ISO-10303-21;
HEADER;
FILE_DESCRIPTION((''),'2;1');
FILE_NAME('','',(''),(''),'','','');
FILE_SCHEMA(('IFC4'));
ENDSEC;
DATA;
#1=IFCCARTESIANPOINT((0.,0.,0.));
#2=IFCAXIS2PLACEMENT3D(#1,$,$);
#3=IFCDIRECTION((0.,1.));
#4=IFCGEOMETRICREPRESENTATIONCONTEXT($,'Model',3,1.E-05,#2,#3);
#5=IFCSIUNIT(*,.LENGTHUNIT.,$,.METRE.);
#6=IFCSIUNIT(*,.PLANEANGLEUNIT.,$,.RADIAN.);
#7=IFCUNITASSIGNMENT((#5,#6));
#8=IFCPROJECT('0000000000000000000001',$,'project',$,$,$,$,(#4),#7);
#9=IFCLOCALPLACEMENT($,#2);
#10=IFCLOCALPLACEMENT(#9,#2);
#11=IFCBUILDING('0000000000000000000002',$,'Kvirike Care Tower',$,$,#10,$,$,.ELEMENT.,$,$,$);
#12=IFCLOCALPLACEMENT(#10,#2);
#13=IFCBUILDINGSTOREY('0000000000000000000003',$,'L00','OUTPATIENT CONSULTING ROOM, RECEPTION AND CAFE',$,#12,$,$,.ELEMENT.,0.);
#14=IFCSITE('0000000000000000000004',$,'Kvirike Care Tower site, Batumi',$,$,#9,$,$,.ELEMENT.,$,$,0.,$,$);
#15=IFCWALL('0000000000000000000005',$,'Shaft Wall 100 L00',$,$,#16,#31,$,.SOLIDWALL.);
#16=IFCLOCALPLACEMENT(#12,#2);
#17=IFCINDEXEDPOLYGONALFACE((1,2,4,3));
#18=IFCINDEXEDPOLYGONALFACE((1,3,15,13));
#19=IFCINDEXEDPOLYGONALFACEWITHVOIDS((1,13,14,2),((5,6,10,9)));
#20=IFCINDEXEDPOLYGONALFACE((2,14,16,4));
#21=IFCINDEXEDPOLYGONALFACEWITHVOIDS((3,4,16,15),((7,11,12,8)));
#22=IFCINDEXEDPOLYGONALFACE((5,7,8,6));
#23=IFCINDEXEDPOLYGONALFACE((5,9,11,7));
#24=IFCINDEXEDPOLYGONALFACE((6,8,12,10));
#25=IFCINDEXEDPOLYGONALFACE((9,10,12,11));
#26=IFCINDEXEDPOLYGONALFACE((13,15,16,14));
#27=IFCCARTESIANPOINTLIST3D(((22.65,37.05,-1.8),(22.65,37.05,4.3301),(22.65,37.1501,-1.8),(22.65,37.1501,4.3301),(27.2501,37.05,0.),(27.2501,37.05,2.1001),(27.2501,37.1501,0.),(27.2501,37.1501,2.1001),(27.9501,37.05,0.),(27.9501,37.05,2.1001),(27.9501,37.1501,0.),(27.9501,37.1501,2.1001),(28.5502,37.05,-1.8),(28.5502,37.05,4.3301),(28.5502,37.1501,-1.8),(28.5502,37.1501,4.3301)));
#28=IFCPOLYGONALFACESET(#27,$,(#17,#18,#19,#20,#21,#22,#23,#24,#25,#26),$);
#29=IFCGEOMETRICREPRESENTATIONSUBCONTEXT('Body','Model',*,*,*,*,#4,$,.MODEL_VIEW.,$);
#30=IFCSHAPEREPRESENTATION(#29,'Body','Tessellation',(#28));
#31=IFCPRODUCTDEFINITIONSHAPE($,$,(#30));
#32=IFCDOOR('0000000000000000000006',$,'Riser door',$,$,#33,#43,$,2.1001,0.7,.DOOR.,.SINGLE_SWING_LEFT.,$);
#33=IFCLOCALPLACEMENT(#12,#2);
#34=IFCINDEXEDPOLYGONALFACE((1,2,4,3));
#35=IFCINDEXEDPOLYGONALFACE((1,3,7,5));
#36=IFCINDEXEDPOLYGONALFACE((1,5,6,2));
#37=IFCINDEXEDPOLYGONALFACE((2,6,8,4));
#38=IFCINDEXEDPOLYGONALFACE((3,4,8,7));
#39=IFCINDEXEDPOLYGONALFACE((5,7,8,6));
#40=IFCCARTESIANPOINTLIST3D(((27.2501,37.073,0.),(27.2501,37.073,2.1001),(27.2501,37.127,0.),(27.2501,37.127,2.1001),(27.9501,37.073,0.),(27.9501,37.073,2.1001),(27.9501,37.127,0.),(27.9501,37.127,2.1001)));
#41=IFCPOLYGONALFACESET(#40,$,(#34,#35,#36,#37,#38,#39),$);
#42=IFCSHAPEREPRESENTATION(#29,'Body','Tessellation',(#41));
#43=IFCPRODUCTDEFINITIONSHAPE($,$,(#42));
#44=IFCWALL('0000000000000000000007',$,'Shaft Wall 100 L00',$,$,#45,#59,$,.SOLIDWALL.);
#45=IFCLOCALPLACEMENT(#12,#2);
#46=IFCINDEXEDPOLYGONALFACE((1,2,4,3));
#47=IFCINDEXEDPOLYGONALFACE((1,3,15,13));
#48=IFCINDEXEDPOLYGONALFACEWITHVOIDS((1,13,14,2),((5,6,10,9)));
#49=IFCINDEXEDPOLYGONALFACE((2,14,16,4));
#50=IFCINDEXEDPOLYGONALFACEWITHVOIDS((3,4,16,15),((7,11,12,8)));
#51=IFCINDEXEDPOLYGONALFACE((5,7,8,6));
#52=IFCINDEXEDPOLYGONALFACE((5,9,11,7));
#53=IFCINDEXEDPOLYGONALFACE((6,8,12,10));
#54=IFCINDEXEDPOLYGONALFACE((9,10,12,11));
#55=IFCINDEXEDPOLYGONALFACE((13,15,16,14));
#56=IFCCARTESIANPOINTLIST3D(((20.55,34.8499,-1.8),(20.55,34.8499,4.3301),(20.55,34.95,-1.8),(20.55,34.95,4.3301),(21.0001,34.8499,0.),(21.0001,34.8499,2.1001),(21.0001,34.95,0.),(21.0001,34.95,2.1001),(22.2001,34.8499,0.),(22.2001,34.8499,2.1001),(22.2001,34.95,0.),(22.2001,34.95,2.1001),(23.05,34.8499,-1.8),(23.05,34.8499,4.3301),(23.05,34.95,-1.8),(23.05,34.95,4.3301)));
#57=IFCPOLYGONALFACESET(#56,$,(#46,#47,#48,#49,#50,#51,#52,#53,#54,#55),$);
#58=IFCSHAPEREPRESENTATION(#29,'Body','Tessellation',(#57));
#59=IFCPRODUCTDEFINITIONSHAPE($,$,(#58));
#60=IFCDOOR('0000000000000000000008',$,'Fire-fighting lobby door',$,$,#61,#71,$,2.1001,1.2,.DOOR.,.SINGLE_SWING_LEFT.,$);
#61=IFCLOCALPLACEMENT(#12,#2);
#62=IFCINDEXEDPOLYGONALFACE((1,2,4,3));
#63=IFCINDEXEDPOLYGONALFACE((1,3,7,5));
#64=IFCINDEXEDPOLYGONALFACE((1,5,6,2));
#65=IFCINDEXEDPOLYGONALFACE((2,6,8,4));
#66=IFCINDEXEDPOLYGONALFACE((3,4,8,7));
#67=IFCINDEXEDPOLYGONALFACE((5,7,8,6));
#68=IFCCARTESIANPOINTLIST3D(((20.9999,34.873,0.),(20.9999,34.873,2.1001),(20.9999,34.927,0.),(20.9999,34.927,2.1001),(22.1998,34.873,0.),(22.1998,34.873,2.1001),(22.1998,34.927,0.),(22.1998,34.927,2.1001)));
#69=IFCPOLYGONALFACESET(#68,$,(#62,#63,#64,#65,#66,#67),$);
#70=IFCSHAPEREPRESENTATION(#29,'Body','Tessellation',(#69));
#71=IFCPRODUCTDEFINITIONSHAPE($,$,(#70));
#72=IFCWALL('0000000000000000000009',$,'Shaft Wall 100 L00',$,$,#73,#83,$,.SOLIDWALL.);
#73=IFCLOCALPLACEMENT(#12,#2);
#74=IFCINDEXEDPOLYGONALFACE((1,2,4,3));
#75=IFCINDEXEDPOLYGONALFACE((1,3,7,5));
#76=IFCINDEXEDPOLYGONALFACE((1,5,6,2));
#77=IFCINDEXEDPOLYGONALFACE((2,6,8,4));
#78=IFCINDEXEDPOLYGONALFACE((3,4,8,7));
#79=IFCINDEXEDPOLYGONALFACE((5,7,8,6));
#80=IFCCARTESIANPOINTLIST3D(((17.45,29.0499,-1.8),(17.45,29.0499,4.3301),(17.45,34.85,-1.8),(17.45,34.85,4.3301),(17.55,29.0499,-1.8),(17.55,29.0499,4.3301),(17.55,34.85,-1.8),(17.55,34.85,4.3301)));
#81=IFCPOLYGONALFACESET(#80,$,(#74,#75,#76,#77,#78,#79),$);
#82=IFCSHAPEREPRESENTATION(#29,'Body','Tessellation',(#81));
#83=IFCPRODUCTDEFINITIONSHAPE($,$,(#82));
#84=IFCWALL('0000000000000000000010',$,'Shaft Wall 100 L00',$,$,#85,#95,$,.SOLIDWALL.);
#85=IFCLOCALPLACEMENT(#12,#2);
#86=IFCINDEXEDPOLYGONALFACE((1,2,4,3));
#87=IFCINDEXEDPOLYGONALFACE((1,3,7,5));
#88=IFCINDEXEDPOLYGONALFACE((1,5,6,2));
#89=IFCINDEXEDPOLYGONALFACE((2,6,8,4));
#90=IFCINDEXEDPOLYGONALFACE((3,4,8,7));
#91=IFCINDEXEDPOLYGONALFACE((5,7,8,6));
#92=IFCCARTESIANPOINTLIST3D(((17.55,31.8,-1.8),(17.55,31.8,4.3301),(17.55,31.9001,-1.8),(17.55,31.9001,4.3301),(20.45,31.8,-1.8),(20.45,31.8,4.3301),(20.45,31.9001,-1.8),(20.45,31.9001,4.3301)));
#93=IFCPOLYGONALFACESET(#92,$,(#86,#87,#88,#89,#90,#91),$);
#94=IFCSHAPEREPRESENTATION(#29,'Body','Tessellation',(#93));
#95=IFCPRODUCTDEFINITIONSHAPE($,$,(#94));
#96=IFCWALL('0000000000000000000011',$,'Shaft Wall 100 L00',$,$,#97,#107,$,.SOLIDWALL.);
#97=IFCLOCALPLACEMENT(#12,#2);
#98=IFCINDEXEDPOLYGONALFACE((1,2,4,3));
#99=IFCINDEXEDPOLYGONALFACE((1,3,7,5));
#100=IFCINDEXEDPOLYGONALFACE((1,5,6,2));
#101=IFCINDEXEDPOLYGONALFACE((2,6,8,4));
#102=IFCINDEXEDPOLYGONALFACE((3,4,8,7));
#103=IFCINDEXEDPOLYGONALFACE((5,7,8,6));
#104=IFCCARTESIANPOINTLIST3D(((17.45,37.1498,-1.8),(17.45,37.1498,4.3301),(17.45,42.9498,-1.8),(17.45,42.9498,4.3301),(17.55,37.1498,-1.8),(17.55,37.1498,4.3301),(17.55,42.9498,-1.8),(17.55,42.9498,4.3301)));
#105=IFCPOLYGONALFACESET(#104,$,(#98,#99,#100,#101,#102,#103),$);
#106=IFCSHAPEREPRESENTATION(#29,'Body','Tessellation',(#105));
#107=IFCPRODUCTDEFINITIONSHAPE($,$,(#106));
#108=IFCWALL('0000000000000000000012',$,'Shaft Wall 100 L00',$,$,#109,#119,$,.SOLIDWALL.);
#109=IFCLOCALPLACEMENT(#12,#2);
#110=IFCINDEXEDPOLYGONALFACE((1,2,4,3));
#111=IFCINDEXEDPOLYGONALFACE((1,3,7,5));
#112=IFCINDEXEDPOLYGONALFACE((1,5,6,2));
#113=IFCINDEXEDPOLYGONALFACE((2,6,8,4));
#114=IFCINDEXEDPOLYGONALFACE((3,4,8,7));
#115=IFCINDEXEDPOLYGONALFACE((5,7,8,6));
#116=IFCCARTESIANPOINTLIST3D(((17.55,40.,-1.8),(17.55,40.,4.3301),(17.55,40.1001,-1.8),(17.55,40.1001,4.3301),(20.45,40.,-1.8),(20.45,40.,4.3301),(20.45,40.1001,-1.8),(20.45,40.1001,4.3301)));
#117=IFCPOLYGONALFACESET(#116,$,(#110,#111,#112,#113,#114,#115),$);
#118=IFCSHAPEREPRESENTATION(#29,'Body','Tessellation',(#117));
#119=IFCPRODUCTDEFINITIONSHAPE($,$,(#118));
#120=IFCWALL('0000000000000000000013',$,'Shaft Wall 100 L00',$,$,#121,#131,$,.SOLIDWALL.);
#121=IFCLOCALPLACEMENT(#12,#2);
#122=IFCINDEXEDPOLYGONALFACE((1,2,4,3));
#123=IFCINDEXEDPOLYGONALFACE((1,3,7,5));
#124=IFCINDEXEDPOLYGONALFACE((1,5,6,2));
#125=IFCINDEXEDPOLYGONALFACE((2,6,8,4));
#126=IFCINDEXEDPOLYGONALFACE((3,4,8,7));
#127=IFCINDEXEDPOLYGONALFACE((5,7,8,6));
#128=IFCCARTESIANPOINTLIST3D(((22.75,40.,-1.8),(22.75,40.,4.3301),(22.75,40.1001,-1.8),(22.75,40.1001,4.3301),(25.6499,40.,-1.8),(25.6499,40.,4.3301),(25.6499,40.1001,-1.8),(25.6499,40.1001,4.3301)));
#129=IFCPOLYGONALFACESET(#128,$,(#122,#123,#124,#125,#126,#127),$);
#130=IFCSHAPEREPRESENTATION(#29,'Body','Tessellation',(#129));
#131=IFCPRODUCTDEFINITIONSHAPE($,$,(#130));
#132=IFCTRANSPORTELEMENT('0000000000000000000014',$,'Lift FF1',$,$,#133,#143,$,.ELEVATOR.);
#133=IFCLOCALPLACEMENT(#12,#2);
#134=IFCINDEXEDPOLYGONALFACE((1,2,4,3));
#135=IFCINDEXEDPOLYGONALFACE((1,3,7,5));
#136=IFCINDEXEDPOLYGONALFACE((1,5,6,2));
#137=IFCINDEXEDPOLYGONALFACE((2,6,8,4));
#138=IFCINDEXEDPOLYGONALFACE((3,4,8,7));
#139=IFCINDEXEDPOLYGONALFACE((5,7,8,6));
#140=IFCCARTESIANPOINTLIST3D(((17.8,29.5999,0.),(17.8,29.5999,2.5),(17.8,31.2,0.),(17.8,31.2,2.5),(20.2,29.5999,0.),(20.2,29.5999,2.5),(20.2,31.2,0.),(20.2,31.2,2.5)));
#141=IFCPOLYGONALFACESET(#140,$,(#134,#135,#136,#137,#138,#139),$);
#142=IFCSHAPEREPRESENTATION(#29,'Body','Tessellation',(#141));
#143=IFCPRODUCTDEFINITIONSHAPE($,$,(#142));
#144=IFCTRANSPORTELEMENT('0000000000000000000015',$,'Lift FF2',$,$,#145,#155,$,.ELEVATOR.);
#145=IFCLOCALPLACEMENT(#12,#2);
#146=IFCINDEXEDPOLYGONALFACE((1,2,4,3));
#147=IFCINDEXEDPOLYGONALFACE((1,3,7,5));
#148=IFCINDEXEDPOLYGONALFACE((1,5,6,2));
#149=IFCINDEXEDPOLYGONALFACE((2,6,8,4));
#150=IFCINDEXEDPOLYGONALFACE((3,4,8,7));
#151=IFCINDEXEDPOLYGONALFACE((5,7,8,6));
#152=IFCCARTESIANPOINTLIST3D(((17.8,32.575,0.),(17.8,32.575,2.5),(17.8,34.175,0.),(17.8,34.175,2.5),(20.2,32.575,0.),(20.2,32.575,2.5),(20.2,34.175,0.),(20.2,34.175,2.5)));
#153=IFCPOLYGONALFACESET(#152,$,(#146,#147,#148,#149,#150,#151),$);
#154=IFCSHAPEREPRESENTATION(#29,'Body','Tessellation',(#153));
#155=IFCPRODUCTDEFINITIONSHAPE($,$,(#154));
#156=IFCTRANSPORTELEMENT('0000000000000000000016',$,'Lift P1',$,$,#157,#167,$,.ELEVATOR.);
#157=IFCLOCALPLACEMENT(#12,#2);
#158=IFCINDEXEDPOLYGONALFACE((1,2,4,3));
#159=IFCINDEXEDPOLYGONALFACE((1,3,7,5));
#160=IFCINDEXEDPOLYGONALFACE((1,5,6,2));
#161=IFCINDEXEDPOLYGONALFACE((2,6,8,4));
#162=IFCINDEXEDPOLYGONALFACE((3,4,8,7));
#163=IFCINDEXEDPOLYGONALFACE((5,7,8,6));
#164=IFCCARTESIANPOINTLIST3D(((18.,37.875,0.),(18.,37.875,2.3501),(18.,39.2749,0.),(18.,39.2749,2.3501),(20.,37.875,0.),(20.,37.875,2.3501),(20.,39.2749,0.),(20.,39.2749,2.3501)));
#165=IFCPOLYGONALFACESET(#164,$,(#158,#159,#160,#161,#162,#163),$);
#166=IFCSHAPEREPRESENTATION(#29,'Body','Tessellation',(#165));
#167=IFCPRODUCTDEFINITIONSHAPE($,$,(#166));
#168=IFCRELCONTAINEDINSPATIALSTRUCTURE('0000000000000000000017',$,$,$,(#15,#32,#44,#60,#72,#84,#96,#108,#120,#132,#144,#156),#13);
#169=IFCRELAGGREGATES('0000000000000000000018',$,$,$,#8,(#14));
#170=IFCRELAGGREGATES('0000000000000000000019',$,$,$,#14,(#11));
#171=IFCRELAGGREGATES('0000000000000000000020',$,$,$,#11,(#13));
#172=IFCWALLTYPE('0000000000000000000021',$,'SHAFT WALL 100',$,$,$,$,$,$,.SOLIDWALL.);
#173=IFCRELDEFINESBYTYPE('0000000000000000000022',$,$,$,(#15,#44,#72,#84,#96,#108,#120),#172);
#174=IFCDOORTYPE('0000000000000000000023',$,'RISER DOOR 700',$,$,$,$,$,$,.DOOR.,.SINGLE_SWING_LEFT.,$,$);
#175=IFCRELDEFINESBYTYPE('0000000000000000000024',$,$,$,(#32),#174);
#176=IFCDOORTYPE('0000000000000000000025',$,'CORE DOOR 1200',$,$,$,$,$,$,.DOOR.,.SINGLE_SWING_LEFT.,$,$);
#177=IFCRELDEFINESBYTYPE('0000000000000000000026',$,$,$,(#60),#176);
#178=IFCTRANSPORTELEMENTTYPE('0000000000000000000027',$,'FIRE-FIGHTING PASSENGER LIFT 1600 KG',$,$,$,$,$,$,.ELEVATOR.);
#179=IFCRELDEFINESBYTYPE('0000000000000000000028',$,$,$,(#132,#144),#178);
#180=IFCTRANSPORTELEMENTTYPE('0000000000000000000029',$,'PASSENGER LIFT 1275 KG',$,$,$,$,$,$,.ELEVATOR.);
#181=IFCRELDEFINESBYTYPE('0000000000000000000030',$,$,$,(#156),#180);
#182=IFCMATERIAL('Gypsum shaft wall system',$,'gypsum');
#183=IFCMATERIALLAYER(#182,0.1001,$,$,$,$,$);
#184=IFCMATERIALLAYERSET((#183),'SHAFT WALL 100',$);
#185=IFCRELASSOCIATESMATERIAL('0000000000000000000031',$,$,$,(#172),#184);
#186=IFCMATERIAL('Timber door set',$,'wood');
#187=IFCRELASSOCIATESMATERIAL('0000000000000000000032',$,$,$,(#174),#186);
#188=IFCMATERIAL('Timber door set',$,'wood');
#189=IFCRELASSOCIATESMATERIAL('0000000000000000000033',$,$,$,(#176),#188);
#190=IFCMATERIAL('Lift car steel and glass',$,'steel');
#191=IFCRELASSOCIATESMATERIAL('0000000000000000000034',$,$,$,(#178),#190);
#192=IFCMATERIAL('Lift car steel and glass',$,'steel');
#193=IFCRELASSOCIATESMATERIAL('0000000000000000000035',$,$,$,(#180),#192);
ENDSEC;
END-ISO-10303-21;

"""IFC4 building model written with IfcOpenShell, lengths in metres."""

from ifc_helpers import new_model, si_unit, direction, frame, frame_2d, origin, origin_2d, place, context, subcontext, project, spatial, rectangle, extrude, material, layer, layer_set, type_object, element, fill, save


model = new_model("IFC4")

# Units and contexts
model_context = context("Model", 3, precision=1e-05, world=origin(), true_north=direction((0.0, 1.0)))
body_context = subcontext(model_context, "Body", "Model", "MODEL_VIEW")
ifc_project = project(units=[si_unit("LENGTHUNIT", "METRE"), si_unit("PLANEANGLEUNIT", "RADIAN")], contexts=[model_context])

# Site, building, storey
site_placement = place(None, origin())
site = spatial("IfcSite", under=ifc_project, at=site_placement, Name="Kvirike Care Tower site, Batumi", CompositionType="ELEMENT", RefElevation=0.0)
building_placement = place(site_placement, origin())
building = spatial("IfcBuilding", under=site, at=building_placement, Name="Kvirike Care Tower", CompositionType="ELEMENT")
storey_placement = place(building_placement, origin())
storey = spatial("IfcBuildingStorey", under=building, at=storey_placement, Name="L00", Description="OUTPATIENT CONSULTING ROOM, RECEPTION AND CAFE", CompositionType="ELEMENT", Elevation=0.0)

# Shared definitions
ifc_material_1 = material(Name="Gypsum shaft wall system", Category="gypsum")
ifc_layer = layer(ifc_material_1, 0.1001)
ifc_layer_set = layer_set([ifc_layer], Name="SHAFT WALL 100")
wall_type = type_object("IfcWallType", Name="SHAFT WALL 100", PredefinedType="SOLIDWALL", material=ifc_layer_set)

# Walls, openings, doors
wall_1_placement = place(storey_placement, frame((22.6499, 37.1001, -1.8), z_axis=(0.0, 0.0, 1.0), x_axis=(1.0, 0.0, 0.0)))
wall_1 = element("IfcWall", 1, at=wall_1_placement, inside=storey, type_object=wall_type, Name="Shaft Wall 100 L00", PredefinedType="SOLIDWALL", context=body_context, shape_type="SweptSolid", body=[
    extrude(rectangle(XDim=5.9001, YDim=0.1001, at=frame_2d((2.9502, 0.0))), origin(), (0.0, 0.0, 1.0), 6.1301),
])
opening_1_placement = place(wall_1_placement, frame((4.6001, 0.0, 1.8)))
opening_1 = element("IfcOpeningElement", 2, at=opening_1_placement, cuts=wall_1, PredefinedType="OPENING", context=body_context, shape_type="SweptSolid", body=[
    extrude(rectangle(XDim=0.7, YDim=2.1001, at=frame_2d((0.3501, 1.05))), frame((0.0, 0.0605, 0.0), z_axis=(0.0, -1.0, 0.0), x_axis=(1.0, 0.0, 0.0)), (0.0, 0.0, 1.0), 0.1211),
])
ifc_material_2 = material(Name="Timber door set", Category="wood")
door_type_1 = type_object("IfcDoorType", Name="RISER DOOR 700", OperationType="SINGLE_SWING_LEFT", PredefinedType="DOOR", material=ifc_material_2)
door_1_placement = place(opening_1_placement, origin())
door_1 = element("IfcDoor", 3, at=door_1_placement, inside=storey, type_object=door_type_1, Name="Riser door", OperationType="SINGLE_SWING_LEFT", OverallHeight=2.1001, OverallWidth=0.7, PredefinedType="DOOR", context=body_context, shape_type="SweptSolid", body=[
    extrude(rectangle(XDim=0.7, YDim=2.1001, at=frame_2d((0.3501, 1.05))), frame((0.0, 0.0269, 0.0), z_axis=(0.0, -1.0, 0.0), x_axis=(1.0, 0.0, 0.0)), (0.0, 0.0, 1.0), 0.054),
])
fill(opening_1, door_1)
wall_2_placement = place(storey_placement, frame((20.55, 34.8999, -1.8), z_axis=(0.0, 0.0, 1.0), x_axis=(1.0, 0.0, 0.0)))
wall_2 = element("IfcWall", 4, at=wall_2_placement, inside=storey, type_object=wall_type, Name="Shaft Wall 100 L00", PredefinedType="SOLIDWALL", context=body_context, shape_type="SweptSolid", body=[
    extrude(rectangle(XDim=2.5, YDim=0.1001, at=frame_2d((1.25, 0.0))), origin(), (0.0, 0.0, 1.0), 6.1301),
])
opening_2_placement = place(wall_2_placement, frame((0.45, 0.0, 1.8)))
opening_2 = element("IfcOpeningElement", 5, at=opening_2_placement, cuts=wall_2, PredefinedType="OPENING", context=body_context, shape_type="SweptSolid", body=[
    extrude(rectangle(XDim=1.2, YDim=2.1001, at=frame_2d((0.6001, 1.05))), frame((0.0, 0.0605, 0.0), z_axis=(0.0, -1.0, 0.0), x_axis=(1.0, 0.0, 0.0)), (0.0, 0.0, 1.0), 0.1211),
])
ifc_material_3 = material(Name="Timber door set", Category="wood")
door_type_2 = type_object("IfcDoorType", Name="CORE DOOR 1200", OperationType="SINGLE_SWING_LEFT", PredefinedType="DOOR", material=ifc_material_3)
door_2_placement = place(opening_2_placement, frame((1.2, 0.0, 0.0), z_axis=(0.0, 0.0, 1.0), x_axis=(-1.0, 0.0, 0.0)))
door_2 = element("IfcDoor", 6, at=door_2_placement, inside=storey, type_object=door_type_2, Name="Fire-fighting lobby door", OperationType="SINGLE_SWING_LEFT", OverallHeight=2.1001, OverallWidth=1.2, PredefinedType="DOOR", context=body_context, shape_type="SweptSolid", body=[
    extrude(rectangle(XDim=1.2, YDim=2.1001, at=frame_2d((0.6001, 1.05))), frame((0.0, 0.0269, 0.0), z_axis=(0.0, -1.0, 0.0), x_axis=(1.0, 0.0, 0.0)), (0.0, 0.0, 1.0), 0.054),
])
fill(opening_2, door_2)

# Walls
wall_3_placement = place(storey_placement, frame((17.5, 29.05, -1.8), z_axis=(0.0, 0.0, 1.0), x_axis=(0.0, 1.0, 0.0)))
element("IfcWall", 7, at=wall_3_placement, inside=storey, type_object=wall_type, Name="Shaft Wall 100 L00", PredefinedType="SOLIDWALL", context=body_context, shape_type="SweptSolid", body=[
    extrude(rectangle(XDim=5.8, YDim=0.1001, at=frame_2d((2.8999, 0.0))), origin(), (0.0, 0.0, 1.0), 6.1301),
])
wall_4_placement = place(storey_placement, frame((17.55, 31.8501, -1.8), z_axis=(0.0, 0.0, 1.0), x_axis=(1.0, 0.0, 0.0)))
element("IfcWall", 8, at=wall_4_placement, inside=storey, type_object=wall_type, Name="Shaft Wall 100 L00", PredefinedType="SOLIDWALL", context=body_context, shape_type="SweptSolid", body=[
    extrude(rectangle(XDim=2.8999, YDim=0.1001, at=frame_2d((1.45, 0.0))), origin(), (0.0, 0.0, 1.0), 6.1301),
])
wall_5_placement = place(storey_placement, frame((17.5, 37.1499, -1.8), z_axis=(0.0, 0.0, 1.0), x_axis=(0.0, 1.0, 0.0)))
element("IfcWall", 9, at=wall_5_placement, inside=storey, type_object=wall_type, Name="Shaft Wall 100 L00", PredefinedType="SOLIDWALL", context=body_context, shape_type="SweptSolid", body=[
    extrude(rectangle(XDim=5.8, YDim=0.1001, at=frame_2d((2.8999, 0.0))), origin(), (0.0, 0.0, 1.0), 6.1301),
])
for number, where, z_axis, x_axis, name in (
    (10, (17.55, 40.05, -1.8), (0.0, 0.0, 1.0), (1.0, 0.0, 0.0), "Shaft Wall 100 L00"),
    (11, (22.75, 40.05, -1.8), (0.0, 0.0, 1.0), (1.0, 0.0, 0.0), "Shaft Wall 100 L00"),
):
    element("IfcWall", number, at=place(storey_placement, frame(where, z_axis=z_axis, x_axis=x_axis)), inside=storey, type_object=wall_type, Name=name, PredefinedType="SOLIDWALL", context=body_context, shape_type="SweptSolid", body=[
        extrude(rectangle(XDim=2.8999, YDim=0.1001, at=frame_2d((1.45, 0.0))), origin(), (0.0, 0.0, 1.0), 6.1301),
    ])

# Transport elements
ifc_material_4 = material(Name="Lift car steel and glass", Category="steel")
transport_element_type_1 = type_object("IfcTransportElementType", Name="FIRE-FIGHTING PASSENGER LIFT 1600 KG", PredefinedType="ELEVATOR", material=ifc_material_4)
for number, where, z_axis, x_axis, name in (
    (12, (19.0, 30.3999, 0.0), (0.0, 0.0, 1.0), (1.0, 0.0, 0.0), "Lift FF1"),
    (13, (19.0, 33.375, 0.0), (0.0, 0.0, 1.0), (1.0, 0.0, 0.0), "Lift FF2"),
):
    element("IfcTransportElement", number, at=place(storey_placement, frame(where, z_axis=z_axis, x_axis=x_axis)), inside=storey, type_object=transport_element_type_1, Name=name, PredefinedType="ELEVATOR", context=body_context, shape_type="SweptSolid", body=[
        extrude(rectangle(XDim=2.3999, YDim=1.6001, at=origin_2d()), origin(), (0.0, 0.0, 1.0), 2.5),
    ])
ifc_material_5 = material(Name="Lift car steel and glass", Category="steel")
transport_element_type_2 = type_object("IfcTransportElementType", Name="PASSENGER LIFT 1275 KG", PredefinedType="ELEVATOR", material=ifc_material_5)
transport_element_placement = place(storey_placement, frame((19.0, 38.575, 0.0), z_axis=(0.0, 0.0, 1.0), x_axis=(1.0, 0.0, 0.0)))
element("IfcTransportElement", 14, at=transport_element_placement, inside=storey, type_object=transport_element_type_2, Name="Lift P1", PredefinedType="ELEVATOR", context=body_context, shape_type="SweptSolid", body=[
    extrude(rectangle(XDim=2.0, YDim=1.3999, at=origin_2d()), origin(), (0.0, 0.0, 1.0), 2.3501),
])

save(model, "model.ifc")
